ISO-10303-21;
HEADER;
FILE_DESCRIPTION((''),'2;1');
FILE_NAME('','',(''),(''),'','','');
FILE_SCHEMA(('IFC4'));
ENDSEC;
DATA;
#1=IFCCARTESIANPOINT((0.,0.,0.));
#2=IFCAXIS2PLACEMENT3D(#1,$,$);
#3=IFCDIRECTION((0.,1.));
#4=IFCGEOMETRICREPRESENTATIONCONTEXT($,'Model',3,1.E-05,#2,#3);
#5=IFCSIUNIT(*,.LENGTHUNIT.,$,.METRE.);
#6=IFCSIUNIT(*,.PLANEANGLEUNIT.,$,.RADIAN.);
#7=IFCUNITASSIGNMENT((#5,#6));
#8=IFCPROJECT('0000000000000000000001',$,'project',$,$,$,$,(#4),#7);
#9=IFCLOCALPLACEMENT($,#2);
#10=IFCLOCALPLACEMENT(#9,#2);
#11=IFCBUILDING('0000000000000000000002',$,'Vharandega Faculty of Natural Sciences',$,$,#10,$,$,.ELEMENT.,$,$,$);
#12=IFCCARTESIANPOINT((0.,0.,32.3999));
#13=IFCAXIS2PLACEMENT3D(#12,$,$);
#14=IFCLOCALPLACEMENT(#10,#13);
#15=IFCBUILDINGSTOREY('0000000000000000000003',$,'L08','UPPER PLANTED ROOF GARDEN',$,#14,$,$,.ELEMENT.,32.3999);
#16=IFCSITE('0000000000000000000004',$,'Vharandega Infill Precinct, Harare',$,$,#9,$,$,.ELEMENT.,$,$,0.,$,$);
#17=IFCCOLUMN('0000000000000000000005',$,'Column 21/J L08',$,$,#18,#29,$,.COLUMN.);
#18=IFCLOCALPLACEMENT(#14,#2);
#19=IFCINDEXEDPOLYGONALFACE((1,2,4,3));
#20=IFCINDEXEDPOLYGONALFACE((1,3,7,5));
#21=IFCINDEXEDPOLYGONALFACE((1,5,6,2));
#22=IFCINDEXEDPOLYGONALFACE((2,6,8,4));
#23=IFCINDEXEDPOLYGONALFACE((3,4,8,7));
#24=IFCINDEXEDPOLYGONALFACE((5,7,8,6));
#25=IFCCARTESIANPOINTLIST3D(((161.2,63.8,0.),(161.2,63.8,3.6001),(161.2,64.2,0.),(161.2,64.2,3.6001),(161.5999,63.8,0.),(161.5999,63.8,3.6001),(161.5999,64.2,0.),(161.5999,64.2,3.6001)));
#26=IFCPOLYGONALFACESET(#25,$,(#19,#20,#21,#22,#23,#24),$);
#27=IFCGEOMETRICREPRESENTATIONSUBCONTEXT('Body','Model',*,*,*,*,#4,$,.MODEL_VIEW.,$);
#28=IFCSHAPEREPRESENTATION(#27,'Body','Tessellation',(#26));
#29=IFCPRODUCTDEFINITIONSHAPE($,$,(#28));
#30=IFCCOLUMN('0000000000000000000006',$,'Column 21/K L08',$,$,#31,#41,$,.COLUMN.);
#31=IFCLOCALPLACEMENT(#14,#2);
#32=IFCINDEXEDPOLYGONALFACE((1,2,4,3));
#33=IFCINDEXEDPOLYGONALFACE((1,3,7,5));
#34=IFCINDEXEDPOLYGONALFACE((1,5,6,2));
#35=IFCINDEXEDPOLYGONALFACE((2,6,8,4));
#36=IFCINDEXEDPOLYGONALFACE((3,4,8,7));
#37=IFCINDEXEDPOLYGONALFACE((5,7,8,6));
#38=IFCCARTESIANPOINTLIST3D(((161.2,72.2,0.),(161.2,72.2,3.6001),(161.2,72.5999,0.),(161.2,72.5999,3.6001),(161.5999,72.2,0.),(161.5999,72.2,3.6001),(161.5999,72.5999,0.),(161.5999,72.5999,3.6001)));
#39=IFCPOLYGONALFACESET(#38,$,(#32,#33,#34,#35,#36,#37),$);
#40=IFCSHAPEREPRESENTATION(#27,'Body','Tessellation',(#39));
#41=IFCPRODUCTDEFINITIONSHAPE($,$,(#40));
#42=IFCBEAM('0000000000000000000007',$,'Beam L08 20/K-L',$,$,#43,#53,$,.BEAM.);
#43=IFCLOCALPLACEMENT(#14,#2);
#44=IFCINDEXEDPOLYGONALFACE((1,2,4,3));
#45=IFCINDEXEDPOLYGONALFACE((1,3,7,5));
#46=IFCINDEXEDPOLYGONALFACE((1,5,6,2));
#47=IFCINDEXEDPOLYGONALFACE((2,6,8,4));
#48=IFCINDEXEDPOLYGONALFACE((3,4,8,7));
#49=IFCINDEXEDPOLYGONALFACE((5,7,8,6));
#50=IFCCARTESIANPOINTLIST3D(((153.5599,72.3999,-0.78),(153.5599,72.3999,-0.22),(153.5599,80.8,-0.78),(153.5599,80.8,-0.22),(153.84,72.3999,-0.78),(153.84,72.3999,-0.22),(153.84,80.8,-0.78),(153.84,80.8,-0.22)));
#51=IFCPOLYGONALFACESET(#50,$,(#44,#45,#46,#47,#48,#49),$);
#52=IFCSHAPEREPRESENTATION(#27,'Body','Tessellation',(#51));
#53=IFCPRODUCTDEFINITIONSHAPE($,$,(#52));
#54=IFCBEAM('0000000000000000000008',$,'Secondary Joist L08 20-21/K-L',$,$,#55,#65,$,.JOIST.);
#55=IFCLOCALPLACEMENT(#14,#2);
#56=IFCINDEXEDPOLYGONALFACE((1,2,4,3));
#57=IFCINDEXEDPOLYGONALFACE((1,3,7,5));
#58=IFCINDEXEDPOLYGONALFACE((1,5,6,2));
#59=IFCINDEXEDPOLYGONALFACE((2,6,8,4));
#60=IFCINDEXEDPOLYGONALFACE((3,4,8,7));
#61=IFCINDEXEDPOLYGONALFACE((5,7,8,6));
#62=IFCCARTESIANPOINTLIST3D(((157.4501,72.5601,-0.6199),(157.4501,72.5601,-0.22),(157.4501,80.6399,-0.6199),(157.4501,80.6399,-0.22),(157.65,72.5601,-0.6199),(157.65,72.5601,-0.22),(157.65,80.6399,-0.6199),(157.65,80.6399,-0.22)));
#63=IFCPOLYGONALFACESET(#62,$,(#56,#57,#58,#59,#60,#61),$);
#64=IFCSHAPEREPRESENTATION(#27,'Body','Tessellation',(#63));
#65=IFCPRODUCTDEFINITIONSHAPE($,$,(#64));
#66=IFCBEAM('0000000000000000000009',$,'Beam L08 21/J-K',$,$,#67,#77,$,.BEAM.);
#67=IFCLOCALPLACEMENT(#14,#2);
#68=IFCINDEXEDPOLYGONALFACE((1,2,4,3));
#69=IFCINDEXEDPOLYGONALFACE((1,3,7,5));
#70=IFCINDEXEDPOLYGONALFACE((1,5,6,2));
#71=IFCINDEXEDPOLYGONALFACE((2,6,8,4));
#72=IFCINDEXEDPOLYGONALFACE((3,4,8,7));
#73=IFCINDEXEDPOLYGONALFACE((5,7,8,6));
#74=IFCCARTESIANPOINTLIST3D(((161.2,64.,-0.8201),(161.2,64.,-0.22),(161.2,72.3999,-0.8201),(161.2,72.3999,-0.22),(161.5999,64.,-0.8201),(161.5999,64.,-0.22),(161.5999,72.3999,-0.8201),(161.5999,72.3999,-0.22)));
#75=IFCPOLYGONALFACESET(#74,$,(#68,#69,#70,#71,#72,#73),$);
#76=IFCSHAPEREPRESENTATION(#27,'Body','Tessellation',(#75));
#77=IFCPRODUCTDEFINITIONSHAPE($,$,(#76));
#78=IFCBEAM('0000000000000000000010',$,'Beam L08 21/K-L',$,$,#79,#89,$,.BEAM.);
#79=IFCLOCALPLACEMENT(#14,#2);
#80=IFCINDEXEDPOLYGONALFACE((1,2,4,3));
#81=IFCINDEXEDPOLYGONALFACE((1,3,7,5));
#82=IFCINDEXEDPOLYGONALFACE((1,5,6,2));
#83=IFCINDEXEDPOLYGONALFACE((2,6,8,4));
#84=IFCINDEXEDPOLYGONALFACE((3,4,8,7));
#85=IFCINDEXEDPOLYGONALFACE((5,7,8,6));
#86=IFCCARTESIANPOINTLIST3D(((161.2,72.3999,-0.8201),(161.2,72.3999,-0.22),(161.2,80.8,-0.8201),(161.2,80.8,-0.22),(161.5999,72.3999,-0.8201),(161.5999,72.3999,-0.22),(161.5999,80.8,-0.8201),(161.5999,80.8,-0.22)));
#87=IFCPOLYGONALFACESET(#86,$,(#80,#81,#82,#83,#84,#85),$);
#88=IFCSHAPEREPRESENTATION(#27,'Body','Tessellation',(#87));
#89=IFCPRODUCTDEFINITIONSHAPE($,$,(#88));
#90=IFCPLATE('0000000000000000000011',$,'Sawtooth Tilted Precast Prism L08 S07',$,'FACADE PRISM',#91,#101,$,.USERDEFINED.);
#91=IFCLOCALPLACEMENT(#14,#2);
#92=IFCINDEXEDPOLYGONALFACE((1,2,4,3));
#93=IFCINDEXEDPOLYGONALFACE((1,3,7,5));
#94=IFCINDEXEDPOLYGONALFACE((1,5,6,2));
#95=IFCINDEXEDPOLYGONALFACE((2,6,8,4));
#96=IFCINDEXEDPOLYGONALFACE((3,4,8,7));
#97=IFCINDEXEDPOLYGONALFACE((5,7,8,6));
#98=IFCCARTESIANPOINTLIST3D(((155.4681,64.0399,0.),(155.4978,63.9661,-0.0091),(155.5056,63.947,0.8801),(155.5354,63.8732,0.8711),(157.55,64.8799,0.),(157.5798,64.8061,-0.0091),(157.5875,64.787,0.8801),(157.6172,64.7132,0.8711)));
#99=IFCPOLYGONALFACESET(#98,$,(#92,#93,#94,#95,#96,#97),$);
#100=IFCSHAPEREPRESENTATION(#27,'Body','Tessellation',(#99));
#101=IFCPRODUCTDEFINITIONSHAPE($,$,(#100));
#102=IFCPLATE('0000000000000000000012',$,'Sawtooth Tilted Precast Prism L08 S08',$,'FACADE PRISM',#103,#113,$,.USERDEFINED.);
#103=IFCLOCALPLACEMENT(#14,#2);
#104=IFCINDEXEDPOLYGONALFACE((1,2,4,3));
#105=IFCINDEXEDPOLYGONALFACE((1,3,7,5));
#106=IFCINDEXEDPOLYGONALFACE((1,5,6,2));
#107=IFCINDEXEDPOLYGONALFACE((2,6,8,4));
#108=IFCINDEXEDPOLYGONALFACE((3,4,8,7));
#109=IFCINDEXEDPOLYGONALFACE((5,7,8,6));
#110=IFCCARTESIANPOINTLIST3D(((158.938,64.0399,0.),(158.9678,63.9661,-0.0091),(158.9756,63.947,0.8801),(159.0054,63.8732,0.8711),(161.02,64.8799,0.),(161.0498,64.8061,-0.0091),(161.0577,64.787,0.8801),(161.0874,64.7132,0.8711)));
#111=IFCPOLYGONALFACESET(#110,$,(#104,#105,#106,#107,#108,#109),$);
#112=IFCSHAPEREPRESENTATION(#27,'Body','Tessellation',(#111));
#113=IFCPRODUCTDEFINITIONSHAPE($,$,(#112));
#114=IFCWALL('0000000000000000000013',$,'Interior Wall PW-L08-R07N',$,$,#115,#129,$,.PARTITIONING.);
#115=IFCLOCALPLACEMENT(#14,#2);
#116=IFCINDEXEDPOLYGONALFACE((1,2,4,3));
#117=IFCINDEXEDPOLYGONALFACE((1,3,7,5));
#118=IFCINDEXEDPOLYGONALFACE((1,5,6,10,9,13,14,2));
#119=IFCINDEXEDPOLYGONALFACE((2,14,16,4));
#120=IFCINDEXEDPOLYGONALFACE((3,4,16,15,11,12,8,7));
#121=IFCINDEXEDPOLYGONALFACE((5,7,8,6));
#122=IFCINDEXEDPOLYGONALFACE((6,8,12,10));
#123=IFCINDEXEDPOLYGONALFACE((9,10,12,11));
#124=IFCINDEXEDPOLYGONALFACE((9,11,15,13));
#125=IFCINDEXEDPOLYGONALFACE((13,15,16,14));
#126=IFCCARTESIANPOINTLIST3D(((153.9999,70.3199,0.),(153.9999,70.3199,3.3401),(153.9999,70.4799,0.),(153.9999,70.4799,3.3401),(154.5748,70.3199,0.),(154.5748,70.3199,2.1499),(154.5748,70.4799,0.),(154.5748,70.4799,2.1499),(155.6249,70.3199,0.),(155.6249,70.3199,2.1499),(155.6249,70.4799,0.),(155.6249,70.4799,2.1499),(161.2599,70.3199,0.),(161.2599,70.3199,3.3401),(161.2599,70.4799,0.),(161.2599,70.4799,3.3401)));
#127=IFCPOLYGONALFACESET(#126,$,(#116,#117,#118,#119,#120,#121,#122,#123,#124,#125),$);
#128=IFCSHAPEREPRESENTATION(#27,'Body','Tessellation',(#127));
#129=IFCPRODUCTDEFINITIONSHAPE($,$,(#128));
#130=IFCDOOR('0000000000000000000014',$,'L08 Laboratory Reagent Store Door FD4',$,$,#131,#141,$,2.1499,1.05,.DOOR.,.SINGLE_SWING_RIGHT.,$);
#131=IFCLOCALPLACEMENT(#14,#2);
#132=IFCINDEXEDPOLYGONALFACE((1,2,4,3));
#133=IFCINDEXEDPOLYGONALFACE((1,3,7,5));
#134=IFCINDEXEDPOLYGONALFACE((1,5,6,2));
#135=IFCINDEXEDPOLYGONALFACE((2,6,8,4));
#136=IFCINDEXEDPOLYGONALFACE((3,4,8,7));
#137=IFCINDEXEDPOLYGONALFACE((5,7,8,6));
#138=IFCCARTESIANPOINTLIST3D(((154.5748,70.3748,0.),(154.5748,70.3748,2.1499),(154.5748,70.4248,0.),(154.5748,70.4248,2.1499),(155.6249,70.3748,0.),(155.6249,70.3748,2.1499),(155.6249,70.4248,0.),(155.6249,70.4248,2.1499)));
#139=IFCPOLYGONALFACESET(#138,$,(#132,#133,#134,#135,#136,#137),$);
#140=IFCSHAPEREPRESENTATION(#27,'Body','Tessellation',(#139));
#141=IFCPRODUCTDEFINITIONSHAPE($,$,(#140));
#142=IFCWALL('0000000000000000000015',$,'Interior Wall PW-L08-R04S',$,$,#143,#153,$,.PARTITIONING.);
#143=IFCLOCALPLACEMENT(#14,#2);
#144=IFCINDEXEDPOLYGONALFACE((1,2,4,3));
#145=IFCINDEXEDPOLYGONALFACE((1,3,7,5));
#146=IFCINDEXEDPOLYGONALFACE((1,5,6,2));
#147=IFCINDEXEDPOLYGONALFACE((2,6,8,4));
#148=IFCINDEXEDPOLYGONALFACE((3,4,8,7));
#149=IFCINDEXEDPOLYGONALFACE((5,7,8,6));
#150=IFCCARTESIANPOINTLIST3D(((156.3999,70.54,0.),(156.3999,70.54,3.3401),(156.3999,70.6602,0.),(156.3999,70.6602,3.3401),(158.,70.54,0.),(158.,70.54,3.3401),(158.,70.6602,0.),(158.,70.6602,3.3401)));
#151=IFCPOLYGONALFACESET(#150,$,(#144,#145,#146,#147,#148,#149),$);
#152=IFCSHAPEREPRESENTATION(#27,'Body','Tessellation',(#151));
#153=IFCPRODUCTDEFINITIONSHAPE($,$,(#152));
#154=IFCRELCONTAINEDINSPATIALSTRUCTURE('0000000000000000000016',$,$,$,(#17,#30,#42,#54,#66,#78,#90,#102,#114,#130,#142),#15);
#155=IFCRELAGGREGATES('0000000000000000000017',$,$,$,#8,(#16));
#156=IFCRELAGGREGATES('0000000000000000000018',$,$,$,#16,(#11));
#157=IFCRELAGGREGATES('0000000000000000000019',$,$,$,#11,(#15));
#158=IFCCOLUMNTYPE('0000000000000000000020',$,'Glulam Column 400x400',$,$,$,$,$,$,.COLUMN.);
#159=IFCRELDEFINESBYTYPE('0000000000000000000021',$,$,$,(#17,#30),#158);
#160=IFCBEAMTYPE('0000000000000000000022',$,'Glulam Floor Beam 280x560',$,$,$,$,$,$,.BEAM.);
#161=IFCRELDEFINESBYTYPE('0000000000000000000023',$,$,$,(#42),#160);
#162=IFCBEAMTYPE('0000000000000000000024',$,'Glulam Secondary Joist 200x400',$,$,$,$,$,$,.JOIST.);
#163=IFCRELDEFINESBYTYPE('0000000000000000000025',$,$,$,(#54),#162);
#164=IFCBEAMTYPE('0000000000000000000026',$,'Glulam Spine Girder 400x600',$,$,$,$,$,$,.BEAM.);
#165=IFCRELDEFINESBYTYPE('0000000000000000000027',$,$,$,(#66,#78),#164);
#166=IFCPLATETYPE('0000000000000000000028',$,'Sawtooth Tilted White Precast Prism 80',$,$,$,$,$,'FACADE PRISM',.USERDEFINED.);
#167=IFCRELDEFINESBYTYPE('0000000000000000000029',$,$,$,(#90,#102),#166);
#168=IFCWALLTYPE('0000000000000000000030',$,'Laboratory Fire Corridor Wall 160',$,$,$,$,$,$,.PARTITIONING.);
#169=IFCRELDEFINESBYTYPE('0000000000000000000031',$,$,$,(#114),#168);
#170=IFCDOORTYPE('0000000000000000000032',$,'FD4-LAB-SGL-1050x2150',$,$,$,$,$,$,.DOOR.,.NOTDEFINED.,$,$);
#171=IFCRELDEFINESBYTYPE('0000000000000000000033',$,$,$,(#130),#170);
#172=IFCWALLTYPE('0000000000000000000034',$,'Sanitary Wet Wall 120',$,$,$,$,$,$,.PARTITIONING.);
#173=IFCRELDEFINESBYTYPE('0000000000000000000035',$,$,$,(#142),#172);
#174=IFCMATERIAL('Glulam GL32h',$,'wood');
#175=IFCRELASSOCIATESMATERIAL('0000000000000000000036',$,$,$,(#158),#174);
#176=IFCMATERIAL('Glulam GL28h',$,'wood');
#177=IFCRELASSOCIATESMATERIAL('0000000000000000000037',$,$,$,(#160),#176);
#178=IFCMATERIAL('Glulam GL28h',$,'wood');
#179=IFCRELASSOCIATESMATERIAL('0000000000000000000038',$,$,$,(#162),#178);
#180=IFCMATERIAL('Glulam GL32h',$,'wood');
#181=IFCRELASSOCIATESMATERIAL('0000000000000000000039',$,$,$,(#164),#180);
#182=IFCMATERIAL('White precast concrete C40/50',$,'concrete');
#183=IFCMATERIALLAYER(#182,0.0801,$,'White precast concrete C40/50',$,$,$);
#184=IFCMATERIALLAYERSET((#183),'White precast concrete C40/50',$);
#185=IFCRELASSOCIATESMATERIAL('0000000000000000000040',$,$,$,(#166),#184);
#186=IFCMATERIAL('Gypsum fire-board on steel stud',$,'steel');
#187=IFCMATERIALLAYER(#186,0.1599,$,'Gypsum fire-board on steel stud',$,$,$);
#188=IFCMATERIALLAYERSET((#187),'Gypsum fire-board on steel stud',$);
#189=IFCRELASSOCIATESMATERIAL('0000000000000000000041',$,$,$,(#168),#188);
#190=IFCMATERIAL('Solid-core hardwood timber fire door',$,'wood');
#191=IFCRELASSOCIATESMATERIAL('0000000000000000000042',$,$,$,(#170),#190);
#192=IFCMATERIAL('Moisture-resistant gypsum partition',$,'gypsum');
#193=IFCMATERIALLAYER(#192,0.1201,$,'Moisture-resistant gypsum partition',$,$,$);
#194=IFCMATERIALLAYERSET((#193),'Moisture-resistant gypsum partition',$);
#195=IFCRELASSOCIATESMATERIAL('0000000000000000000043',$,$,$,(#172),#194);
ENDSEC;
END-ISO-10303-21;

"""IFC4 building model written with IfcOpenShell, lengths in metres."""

from ifc_helpers import new_model, si_unit, direction, frame, frame_2d, origin, origin_2d, place, context, subcontext, project, spatial, polyline, rectangle, outline, extrude, material, layer, layer_set, material_profile, profile_set, type_object, element, fill, save


model = new_model("IFC4")

# Units and contexts
model_context = context("Model", 3, precision=1e-05, world=origin(), true_north=direction((0.0, 1.0)))
body_context = subcontext(model_context, "Body", "Model", "MODEL_VIEW")
ifc_project = project(units=[si_unit("LENGTHUNIT", "METRE"), si_unit("PLANEANGLEUNIT", "RADIAN")], contexts=[model_context])

# Site, building, storey
site_placement = place(None, origin())
site = spatial("IfcSite", under=ifc_project, at=site_placement, Name="Vharandega Infill Precinct, Harare", CompositionType="ELEMENT", RefElevation=0.0)
building_placement = place(site_placement, origin())
building = spatial("IfcBuilding", under=site, at=building_placement, Name="Vharandega Faculty of Natural Sciences", CompositionType="ELEMENT")
storey_placement = place(building_placement, frame((0.0, 0.0, 32.3999)))
storey = spatial("IfcBuildingStorey", under=building, at=storey_placement, Name="L08", Description="UPPER PLANTED ROOF GARDEN", CompositionType="ELEMENT", Elevation=32.3999)

# Columns
ifc_material_1 = material(Name="Glulam GL32h", Category="wood")
ifc_material_profile_1 = material_profile(ifc_material_1, rectangle(XDim=0.3999, YDim=0.3999, at=origin_2d()), Name="GL32h 400x400")
ifc_profile_set_1 = profile_set([ifc_material_profile_1], Name="Glulam GL32h")
column_type = type_object("IfcColumnType", Name="Glulam Column 400x400", PredefinedType="COLUMN", material=ifc_profile_set_1)
for number, where, z_axis, x_axis, name in (
    (1, (161.3999, 64.0, 0.0), (0.0, 0.0, 1.0), (1.0, 0.0, 0.0), "Column 21/J L08"),
    (2, (161.3999, 72.3999, 0.0), (0.0, 0.0, 1.0), (1.0, 0.0, 0.0), "Column 21/K L08"),
):
    element("IfcColumn", number, at=place(storey_placement, frame(where, z_axis=z_axis, x_axis=x_axis)), inside=storey, type_object=column_type, Name=name, PredefinedType="COLUMN", context=body_context, shape_type="SweptSolid", body=[
        extrude(rectangle(XDim=0.3999, YDim=0.3999, at=origin_2d()), origin(), (0.0, 0.0, 1.0), 3.6001),
    ])

# Beams
ifc_material_2 = material(Name="Glulam GL28h", Category="wood")
ifc_material_profile_2 = material_profile(ifc_material_2, rectangle(XDim=0.28, YDim=0.5601, at=origin_2d()), Name="GL28h 280x560")
ifc_profile_set_2 = profile_set([ifc_material_profile_2], Name="Glulam GL28h")
beam_type_1 = type_object("IfcBeamType", Name="Glulam Floor Beam 280x560", PredefinedType="BEAM", material=ifc_profile_set_2)
beam_1_placement = place(storey_placement, frame((153.7, 72.3999, -0.5), z_axis=(0.0, 1.0, 0.0), x_axis=(-1.0, 0.0, 0.0)))
element("IfcBeam", 3, at=beam_1_placement, inside=storey, type_object=beam_type_1, Name="Beam L08 20/K-L", PredefinedType="BEAM", context=body_context, shape_type="SweptSolid", body=[
    extrude(rectangle(XDim=0.28, YDim=0.5601, at=origin_2d()), origin(), (0.0, 0.0, 1.0), 8.4001),
])
ifc_material_3 = material(Name="Glulam GL28h", Category="wood")
ifc_material_profile_3 = material_profile(ifc_material_3, rectangle(XDim=0.2, YDim=0.3999, at=origin_2d()), Name="GL28h 200x400")
ifc_profile_set_3 = profile_set([ifc_material_profile_3], Name="Glulam GL28h")
beam_type_2 = type_object("IfcBeamType", Name="Glulam Secondary Joist 200x400", PredefinedType="JOIST", material=ifc_profile_set_3)
beam_2_placement = place(storey_placement, frame((157.55, 72.5601, -0.4199), z_axis=(0.0, 1.0, 0.0), x_axis=(-1.0, 0.0, 0.0)))
element("IfcBeam", 4, at=beam_2_placement, inside=storey, type_object=beam_type_2, Name="Secondary Joist L08 20-21/K-L", PredefinedType="JOIST", context=body_context, shape_type="SweptSolid", body=[
    extrude(rectangle(XDim=0.2, YDim=0.3999, at=origin_2d()), origin(), (0.0, 0.0, 1.0), 8.0798),
])
ifc_material_4 = material(Name="Glulam GL32h", Category="wood")
ifc_material_profile_4 = material_profile(ifc_material_4, rectangle(XDim=0.3999, YDim=0.6001, at=origin_2d()), Name="GL32h 400x600")
ifc_profile_set_4 = profile_set([ifc_material_profile_4], Name="Glulam GL32h")
beam_type_3 = type_object("IfcBeamType", Name="Glulam Spine Girder 400x600", PredefinedType="BEAM", material=ifc_profile_set_4)
beam_3_placement = place(storey_placement, frame((161.3999, 64.0, -0.52), z_axis=(0.0, 1.0, 0.0), x_axis=(-1.0, 0.0, 0.0)))
element("IfcBeam", 5, at=beam_3_placement, inside=storey, type_object=beam_type_3, Name="Beam L08 21/J-K", PredefinedType="BEAM", context=body_context, shape_type="SweptSolid", body=[
    extrude(rectangle(XDim=0.3999, YDim=0.6001, at=origin_2d()), origin(), (0.0, 0.0, 1.0), 8.3999),
])
beam_4_placement = place(storey_placement, frame((161.3999, 72.3999, -0.52), z_axis=(0.0, 1.0, 0.0), x_axis=(-1.0, 0.0, 0.0)))
element("IfcBeam", 6, at=beam_4_placement, inside=storey, type_object=beam_type_3, Name="Beam L08 21/K-L", PredefinedType="BEAM", context=body_context, shape_type="SweptSolid", body=[
    extrude(rectangle(XDim=0.3999, YDim=0.6001, at=origin_2d()), origin(), (0.0, 0.0, 1.0), 8.4001),
])

# Plates
ifc_material_5 = material(Name="White precast concrete C40/50", Category="concrete")
ifc_layer_1 = layer(ifc_material_5, 0.0801, Name="White precast concrete C40/50")
ifc_layer_set_1 = layer_set([ifc_layer_1], Name="White precast concrete C40/50")
plate_type = type_object("IfcPlateType", Name="Sawtooth Tilted White Precast Prism 80", ElementType="FACADE PRISM", PredefinedType="USERDEFINED", material=ifc_layer_set_1)
plate_1_placement = place(storey_placement, frame((157.55, 64.8799, 0.0), z_axis=(-0.371755, 0.921418, 0.113083), x_axis=(0.042236, -0.104899, 0.993586)))
element("IfcPlate", 7, at=plate_1_placement, inside=storey, type_object=plate_type, Name="Sawtooth Tilted Precast Prism L08 S07", ObjectType="FACADE PRISM", PredefinedType="USERDEFINED", context=body_context, shape_type="SweptSolid", body=[
    extrude(outline(polyline([(0.0, 0.0), (0.8858, 0.0), (0.886, -2.2449), (0.0002, -2.245), (0.0, 0.0)])), origin(), (0.0, 0.0, -1.0), 0.0801),
])
plate_2_placement = place(storey_placement, frame((161.02, 64.8799, 0.0), z_axis=(-0.371734, 0.92142, 0.113134), x_axis=(0.042492, -0.104851, 0.99358)))
element("IfcPlate", 8, at=plate_2_placement, inside=storey, type_object=plate_type, Name="Sawtooth Tilted Precast Prism L08 S08", ObjectType="FACADE PRISM", PredefinedType="USERDEFINED", context=body_context, shape_type="SweptSolid", body=[
    extrude(outline(polyline([(0.0, 0.0), (0.8858, 0.0), (0.8854, -2.2451), (-0.0004, -2.245), (0.0, 0.0)])), origin(), (0.0, 0.0, -1.0), 0.0801),
])

# Wall, opening, door
ifc_material_6 = material(Name="Gypsum fire-board on steel stud", Category="steel")
ifc_layer_2 = layer(ifc_material_6, 0.1599, Name="Gypsum fire-board on steel stud")
ifc_layer_set_2 = layer_set([ifc_layer_2], Name="Gypsum fire-board on steel stud")
wall_type_1 = type_object("IfcWallType", Name="Laboratory Fire Corridor Wall 160", PredefinedType="PARTITIONING", material=ifc_layer_set_2)
wall_1_placement = place(storey_placement, frame((154.0, 70.3999, 0.0), z_axis=(0.0, 0.0, 1.0), x_axis=(1.0, 0.0, 0.0)))
wall_1 = element("IfcWall", 9, at=wall_1_placement, inside=storey, type_object=wall_type_1, Name="Interior Wall PW-L08-R07N", PredefinedType="PARTITIONING", context=body_context, shape_type="SweptSolid", body=[
    extrude(rectangle(XDim=7.26, YDim=0.1599, at=frame_2d((3.6299, 0.0))), origin(), (0.0, 0.0, 1.0), 3.3401),
])
opening_1_placement = place(wall_1_placement, frame((0.575, 0.0, 0.0)))
opening_1 = element("IfcOpeningElement", 10, at=opening_1_placement, cuts=wall_1, PredefinedType="OPENING", context=body_context, shape_type="SweptSolid", body=[
    extrude(rectangle(XDim=1.05, YDim=2.1499, at=frame_2d((0.5249, 1.075))), frame((0.0, 0.0898, 0.0), z_axis=(0.0, -1.0, 0.0), x_axis=(1.0, 0.0, 0.0)), (0.0, 0.0, 1.0), 0.1799),
])
ifc_material_7 = material(Name="Solid-core hardwood timber fire door", Category="wood")
door_type_1 = type_object("IfcDoorType", Name="FD4-LAB-SGL-1050x2150", OperationType="NOTDEFINED", PredefinedType="DOOR", material=ifc_material_7)
door_1_placement = place(opening_1_placement, origin())
door_1 = element("IfcDoor", 11, at=door_1_placement, inside=storey, type_object=door_type_1, Name="L08 Laboratory Reagent Store Door FD4", OperationType="SINGLE_SWING_RIGHT", OverallHeight=2.1499, OverallWidth=1.05, PredefinedType="DOOR", context=body_context, shape_type="SweptSolid", body=[
    extrude(rectangle(XDim=1.05, YDim=2.1499, at=frame_2d((0.5249, 1.075))), frame((0.0, 0.0249, 0.0), z_axis=(0.0, -1.0, 0.0), x_axis=(1.0, 0.0, 0.0)), (0.0, 0.0, 1.0), 0.05),
])
fill(opening_1, door_1)

# Wall
ifc_material_8 = material(Name="Moisture-resistant gypsum partition", Category="gypsum")
ifc_layer_3 = layer(ifc_material_8, 0.1201, Name="Moisture-resistant gypsum partition")
ifc_layer_set_3 = layer_set([ifc_layer_3], Name="Moisture-resistant gypsum partition")
wall_type_2 = type_object("IfcWallType", Name="Sanitary Wet Wall 120", PredefinedType="PARTITIONING", material=ifc_layer_set_3)
wall_2_placement = place(storey_placement, frame((156.3999, 70.6001, 0.0), z_axis=(0.0, 0.0, 1.0), x_axis=(1.0, 0.0, 0.0)))
element("IfcWall", 12, at=wall_2_placement, inside=storey, type_object=wall_type_2, Name="Interior Wall PW-L08-R04S", PredefinedType="PARTITIONING", context=body_context, shape_type="SweptSolid", body=[
    extrude(rectangle(XDim=1.6001, YDim=0.1201, at=frame_2d((0.8, 0.0))), origin(), (0.0, 0.0, 1.0), 3.3401),
])

save(model, "model.ifc")
